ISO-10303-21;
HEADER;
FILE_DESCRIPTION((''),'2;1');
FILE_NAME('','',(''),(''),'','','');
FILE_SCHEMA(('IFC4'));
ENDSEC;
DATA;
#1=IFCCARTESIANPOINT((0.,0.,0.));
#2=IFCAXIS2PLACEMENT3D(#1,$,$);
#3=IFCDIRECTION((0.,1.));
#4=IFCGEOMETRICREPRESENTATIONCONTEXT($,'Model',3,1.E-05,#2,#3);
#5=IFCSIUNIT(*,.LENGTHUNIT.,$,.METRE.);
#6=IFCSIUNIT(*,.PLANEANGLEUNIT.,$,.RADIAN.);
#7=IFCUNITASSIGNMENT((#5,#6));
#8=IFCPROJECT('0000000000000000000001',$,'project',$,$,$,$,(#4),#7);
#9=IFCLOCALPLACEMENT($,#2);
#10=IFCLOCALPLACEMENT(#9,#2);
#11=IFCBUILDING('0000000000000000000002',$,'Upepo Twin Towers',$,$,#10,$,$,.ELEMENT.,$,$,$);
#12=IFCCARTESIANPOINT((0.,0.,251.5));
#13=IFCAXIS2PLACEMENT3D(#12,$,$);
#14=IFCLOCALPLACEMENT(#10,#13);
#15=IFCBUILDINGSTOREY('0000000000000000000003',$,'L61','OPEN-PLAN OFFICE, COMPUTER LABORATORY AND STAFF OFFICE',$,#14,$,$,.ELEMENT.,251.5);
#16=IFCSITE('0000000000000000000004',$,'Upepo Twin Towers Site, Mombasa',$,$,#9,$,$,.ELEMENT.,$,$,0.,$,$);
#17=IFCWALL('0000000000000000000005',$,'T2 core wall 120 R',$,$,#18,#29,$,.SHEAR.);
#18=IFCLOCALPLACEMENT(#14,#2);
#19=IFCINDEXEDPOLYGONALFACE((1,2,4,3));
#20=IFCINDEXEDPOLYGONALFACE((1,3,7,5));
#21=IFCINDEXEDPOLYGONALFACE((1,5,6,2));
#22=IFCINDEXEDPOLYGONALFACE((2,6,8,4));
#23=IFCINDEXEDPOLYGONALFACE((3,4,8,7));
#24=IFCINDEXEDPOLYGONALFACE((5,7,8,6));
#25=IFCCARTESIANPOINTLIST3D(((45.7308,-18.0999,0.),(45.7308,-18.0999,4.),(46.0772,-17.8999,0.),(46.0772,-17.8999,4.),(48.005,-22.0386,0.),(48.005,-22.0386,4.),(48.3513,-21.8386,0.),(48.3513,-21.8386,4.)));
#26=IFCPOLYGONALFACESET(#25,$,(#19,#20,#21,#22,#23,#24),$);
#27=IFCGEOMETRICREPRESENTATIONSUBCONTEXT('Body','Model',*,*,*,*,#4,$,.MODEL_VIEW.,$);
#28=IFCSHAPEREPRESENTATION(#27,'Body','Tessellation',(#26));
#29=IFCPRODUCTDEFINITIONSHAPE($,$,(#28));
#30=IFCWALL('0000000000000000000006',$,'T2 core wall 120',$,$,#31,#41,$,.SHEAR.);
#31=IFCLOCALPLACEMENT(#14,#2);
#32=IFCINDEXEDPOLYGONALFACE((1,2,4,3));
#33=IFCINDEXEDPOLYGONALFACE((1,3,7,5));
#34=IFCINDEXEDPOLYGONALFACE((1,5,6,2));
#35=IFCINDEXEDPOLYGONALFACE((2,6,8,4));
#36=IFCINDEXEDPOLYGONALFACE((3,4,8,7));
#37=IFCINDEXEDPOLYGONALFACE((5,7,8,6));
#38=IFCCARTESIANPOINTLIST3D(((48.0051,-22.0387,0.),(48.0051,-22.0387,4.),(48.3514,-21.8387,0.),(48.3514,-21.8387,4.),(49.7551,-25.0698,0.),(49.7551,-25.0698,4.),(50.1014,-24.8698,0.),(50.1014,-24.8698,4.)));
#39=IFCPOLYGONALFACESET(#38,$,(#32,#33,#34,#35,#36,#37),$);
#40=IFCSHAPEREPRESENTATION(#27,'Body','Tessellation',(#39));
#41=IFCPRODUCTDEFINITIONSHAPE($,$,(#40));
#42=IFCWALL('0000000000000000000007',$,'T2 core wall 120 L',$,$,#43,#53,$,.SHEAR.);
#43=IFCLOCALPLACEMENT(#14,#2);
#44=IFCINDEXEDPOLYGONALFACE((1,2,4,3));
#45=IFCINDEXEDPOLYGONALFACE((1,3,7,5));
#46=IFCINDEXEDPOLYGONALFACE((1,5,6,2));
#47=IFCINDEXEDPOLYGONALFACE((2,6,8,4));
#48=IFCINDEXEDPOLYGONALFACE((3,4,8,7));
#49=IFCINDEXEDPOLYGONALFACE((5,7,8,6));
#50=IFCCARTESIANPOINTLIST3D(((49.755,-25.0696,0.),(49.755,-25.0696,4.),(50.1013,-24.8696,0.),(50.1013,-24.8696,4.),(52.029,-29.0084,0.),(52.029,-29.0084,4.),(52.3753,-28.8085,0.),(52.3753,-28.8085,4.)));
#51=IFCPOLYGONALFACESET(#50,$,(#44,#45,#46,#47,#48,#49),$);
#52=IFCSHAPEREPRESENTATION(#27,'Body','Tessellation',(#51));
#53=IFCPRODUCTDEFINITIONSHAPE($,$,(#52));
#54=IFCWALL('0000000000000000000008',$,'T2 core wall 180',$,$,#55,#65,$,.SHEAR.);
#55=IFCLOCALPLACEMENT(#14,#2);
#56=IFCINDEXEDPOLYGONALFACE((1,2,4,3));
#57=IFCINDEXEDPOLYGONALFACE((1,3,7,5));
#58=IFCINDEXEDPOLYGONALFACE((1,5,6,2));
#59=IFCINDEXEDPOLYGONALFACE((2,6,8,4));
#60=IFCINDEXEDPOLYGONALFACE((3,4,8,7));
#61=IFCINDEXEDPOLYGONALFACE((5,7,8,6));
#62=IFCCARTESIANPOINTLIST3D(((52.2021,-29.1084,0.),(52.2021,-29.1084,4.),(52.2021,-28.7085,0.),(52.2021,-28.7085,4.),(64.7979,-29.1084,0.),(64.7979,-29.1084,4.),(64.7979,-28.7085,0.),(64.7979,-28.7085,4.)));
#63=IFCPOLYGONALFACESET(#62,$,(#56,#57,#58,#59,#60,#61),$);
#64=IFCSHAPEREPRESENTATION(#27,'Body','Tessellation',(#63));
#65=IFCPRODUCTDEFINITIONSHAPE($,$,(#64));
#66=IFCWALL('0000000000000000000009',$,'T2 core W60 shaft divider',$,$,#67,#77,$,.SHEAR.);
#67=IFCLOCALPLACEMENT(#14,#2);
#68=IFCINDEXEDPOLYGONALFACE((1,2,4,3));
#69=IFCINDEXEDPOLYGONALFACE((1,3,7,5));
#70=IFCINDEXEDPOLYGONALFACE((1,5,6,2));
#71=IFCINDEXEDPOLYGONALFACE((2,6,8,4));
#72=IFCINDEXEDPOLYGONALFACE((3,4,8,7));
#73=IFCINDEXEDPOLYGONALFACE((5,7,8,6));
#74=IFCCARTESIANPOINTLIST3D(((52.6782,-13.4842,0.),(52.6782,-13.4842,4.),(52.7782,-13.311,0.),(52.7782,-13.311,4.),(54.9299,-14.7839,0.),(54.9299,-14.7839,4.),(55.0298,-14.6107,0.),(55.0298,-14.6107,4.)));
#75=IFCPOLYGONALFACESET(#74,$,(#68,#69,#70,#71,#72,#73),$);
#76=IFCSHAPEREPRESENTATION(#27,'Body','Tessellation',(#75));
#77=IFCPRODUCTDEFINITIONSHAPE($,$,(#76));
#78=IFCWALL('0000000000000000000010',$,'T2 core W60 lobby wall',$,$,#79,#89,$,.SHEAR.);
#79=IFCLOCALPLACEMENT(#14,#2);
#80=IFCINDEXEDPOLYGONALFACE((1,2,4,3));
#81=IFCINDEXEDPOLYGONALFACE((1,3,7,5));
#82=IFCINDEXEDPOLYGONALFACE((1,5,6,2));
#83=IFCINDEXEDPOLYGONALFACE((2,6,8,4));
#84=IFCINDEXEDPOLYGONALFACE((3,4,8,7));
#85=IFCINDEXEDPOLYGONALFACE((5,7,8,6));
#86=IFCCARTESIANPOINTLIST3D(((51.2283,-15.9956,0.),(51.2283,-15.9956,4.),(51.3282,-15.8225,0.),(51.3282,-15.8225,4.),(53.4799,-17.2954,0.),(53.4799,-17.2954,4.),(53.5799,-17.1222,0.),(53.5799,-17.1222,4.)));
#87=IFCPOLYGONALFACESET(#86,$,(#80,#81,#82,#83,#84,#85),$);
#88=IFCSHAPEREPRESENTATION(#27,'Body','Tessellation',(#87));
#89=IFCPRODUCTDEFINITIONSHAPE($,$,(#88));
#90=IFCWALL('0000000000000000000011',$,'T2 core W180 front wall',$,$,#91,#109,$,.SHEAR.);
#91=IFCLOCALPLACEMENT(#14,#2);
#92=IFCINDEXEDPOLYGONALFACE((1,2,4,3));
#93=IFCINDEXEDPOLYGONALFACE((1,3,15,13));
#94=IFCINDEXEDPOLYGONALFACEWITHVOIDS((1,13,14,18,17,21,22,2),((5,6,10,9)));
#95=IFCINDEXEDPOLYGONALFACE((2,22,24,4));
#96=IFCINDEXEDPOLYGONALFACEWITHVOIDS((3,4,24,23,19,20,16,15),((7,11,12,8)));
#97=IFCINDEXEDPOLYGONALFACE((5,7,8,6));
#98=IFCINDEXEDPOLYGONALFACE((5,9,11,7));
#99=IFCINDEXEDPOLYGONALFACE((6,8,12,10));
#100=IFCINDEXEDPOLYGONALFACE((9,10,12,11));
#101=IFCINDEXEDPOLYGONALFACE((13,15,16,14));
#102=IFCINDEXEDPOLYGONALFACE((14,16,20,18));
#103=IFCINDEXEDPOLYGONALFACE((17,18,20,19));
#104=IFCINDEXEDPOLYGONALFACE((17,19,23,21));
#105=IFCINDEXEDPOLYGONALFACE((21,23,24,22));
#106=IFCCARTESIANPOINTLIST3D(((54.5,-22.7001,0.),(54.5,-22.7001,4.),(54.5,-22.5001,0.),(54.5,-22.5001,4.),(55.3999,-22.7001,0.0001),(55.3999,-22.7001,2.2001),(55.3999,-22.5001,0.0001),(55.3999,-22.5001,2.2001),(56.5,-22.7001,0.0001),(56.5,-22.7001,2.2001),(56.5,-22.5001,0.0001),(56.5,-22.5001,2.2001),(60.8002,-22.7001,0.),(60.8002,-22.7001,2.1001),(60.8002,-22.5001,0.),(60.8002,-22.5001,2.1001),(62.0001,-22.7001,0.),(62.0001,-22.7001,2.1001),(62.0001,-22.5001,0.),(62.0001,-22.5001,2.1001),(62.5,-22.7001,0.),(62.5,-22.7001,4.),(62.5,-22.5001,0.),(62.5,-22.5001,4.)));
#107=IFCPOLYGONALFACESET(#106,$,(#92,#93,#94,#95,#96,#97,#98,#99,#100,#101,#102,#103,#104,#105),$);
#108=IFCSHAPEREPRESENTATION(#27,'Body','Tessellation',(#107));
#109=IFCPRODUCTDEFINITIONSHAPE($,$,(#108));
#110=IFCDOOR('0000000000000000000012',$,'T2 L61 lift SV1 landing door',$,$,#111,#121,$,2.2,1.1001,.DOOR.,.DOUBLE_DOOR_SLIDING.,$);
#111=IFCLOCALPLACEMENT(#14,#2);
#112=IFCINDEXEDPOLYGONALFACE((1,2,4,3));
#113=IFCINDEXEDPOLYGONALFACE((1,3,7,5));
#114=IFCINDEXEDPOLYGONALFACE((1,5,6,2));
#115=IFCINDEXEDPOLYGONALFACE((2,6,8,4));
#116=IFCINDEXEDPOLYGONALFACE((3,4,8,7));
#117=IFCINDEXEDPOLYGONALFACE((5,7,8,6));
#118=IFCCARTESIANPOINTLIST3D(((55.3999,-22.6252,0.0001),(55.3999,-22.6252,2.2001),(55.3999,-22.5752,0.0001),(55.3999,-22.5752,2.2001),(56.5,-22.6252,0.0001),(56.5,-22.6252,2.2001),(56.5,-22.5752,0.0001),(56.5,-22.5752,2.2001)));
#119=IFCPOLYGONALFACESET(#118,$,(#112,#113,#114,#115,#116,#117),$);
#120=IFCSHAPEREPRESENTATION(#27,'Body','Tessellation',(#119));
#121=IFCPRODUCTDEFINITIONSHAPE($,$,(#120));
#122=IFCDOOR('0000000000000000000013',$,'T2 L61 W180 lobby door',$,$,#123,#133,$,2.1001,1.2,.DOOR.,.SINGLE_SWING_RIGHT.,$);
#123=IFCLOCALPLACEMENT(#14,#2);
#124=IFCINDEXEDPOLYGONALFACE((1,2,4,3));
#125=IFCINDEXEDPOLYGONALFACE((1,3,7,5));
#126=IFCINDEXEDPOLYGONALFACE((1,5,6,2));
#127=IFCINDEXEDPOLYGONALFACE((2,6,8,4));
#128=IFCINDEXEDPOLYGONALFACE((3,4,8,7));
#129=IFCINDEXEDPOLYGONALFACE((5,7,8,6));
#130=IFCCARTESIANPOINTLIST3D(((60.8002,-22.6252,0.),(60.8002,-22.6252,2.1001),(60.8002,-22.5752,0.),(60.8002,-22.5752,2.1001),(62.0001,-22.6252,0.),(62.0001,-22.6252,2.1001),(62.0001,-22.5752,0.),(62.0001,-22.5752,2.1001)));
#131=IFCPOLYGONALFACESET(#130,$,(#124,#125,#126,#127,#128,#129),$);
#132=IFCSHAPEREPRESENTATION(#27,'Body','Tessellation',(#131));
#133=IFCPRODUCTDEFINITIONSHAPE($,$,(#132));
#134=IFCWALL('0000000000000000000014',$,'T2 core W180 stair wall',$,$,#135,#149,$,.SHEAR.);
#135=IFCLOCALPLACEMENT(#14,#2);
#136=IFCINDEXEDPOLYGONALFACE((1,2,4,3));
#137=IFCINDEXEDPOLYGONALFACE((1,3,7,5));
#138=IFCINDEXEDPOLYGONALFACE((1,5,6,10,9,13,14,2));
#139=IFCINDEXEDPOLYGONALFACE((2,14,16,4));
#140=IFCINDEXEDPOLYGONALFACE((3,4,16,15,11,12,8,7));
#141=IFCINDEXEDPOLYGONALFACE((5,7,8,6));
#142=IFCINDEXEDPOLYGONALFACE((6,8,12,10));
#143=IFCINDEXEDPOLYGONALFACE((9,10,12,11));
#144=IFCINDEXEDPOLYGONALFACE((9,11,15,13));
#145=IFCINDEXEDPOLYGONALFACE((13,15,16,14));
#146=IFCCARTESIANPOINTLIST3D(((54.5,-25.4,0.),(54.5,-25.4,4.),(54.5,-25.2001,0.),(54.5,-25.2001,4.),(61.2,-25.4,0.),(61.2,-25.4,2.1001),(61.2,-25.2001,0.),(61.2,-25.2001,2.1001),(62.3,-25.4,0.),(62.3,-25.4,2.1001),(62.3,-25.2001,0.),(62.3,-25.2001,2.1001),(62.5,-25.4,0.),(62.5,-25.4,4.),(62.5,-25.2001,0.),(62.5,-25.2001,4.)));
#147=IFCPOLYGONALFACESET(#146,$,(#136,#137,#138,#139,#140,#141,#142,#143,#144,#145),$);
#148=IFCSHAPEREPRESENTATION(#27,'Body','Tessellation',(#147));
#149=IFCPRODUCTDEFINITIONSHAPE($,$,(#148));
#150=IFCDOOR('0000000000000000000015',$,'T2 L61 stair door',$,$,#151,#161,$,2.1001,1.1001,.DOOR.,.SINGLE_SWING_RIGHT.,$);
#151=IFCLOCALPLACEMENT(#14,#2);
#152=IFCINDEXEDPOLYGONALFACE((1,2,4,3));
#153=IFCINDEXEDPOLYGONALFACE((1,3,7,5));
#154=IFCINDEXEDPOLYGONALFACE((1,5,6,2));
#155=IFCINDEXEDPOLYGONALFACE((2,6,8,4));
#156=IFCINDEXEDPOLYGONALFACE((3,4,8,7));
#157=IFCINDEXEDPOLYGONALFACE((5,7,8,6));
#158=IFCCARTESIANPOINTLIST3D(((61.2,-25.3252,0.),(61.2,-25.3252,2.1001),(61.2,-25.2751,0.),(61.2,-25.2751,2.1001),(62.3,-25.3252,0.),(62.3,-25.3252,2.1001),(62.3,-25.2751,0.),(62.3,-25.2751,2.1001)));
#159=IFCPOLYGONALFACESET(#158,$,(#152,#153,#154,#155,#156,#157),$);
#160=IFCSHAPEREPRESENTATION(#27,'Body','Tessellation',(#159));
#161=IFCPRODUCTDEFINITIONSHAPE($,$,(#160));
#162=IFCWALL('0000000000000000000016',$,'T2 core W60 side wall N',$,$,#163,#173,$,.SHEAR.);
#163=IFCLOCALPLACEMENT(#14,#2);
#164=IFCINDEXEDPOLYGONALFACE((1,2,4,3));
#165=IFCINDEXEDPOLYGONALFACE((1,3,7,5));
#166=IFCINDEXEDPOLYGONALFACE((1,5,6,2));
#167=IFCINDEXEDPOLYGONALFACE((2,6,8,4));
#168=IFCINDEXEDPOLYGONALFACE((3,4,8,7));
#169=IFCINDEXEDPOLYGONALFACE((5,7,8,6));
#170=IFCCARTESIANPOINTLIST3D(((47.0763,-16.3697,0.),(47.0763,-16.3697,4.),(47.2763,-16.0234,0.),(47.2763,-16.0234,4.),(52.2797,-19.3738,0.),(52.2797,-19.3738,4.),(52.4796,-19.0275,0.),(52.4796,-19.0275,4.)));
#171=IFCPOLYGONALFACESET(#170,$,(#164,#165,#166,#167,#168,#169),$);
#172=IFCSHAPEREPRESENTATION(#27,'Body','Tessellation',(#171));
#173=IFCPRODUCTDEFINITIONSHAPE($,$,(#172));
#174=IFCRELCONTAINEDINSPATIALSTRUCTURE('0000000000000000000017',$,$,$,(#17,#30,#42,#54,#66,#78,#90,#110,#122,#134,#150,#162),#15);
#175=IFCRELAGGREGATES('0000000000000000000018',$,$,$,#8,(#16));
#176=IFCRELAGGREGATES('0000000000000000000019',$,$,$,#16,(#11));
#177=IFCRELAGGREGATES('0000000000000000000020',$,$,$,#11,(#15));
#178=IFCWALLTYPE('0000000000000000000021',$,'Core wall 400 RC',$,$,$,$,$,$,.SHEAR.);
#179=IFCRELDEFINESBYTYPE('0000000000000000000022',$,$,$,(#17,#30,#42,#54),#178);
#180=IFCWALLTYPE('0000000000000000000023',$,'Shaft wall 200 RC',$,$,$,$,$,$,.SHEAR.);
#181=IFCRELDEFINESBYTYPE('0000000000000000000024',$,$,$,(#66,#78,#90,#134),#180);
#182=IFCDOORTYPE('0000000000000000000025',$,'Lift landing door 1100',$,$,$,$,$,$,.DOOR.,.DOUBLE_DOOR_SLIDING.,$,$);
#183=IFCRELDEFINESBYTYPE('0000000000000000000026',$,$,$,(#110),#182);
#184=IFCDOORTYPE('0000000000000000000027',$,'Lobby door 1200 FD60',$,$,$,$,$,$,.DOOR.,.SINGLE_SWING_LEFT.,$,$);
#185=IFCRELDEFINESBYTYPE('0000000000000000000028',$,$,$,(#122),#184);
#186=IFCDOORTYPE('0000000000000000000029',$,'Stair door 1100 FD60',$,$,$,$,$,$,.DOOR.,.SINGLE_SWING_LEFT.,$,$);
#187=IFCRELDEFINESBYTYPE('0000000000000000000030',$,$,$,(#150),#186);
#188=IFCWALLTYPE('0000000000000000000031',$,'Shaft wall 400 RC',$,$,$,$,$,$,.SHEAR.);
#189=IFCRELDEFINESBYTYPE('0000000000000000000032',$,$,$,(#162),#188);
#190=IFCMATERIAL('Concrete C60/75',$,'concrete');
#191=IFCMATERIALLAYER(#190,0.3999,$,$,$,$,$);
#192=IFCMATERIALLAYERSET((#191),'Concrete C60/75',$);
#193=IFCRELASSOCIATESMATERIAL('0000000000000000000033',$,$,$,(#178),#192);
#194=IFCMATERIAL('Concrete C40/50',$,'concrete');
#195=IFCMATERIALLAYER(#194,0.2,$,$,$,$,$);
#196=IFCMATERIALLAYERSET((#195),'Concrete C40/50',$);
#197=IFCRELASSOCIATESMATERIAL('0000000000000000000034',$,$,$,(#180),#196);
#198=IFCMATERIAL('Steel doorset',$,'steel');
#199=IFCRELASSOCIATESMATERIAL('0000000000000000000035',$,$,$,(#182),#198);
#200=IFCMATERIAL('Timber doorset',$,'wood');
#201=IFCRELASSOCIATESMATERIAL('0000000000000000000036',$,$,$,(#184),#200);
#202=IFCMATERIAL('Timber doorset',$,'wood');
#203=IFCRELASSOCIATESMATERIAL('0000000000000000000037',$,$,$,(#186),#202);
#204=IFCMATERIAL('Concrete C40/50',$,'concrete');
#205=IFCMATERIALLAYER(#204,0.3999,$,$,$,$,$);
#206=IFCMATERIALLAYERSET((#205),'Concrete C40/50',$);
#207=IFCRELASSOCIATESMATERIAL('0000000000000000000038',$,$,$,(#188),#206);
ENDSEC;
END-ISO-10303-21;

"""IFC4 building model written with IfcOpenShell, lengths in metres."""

from ifc_helpers import new_model, si_unit, direction, frame, frame_2d, origin, place, context, subcontext, project, spatial, rectangle, extrude, material, layer, layer_set, type_object, element, fill, save


model = new_model("IFC4")

# Units and contexts
model_context = context("Model", 3, precision=1e-05, world=origin(), true_north=direction((0.0, 1.0)))
body_context = subcontext(model_context, "Body", "Model", "MODEL_VIEW")
ifc_project = project(units=[si_unit("LENGTHUNIT", "METRE"), si_unit("PLANEANGLEUNIT", "RADIAN")], contexts=[model_context])

# Site, building, storey
site_placement = place(None, origin())
site = spatial("IfcSite", under=ifc_project, at=site_placement, Name="Upepo Twin Towers Site, Mombasa", CompositionType="ELEMENT", RefElevation=0.0)
building_placement = place(site_placement, origin())
building = spatial("IfcBuilding", under=site, at=building_placement, Name="Upepo Twin Towers", CompositionType="ELEMENT")
storey_placement = place(building_placement, frame((0.0, 0.0, 251.5)))
storey = spatial("IfcBuildingStorey", under=building, at=storey_placement, Name="L61", Description="OPEN-PLAN OFFICE, COMPUTER LABORATORY AND STAFF OFFICE", CompositionType="ELEMENT", Elevation=251.5)

# Walls
ifc_material_1 = material(Name="Concrete C60/75", Category="concrete")
ifc_layer_1 = layer(ifc_material_1, 0.3999)
ifc_layer_set_1 = layer_set([ifc_layer_1], Name="Concrete C60/75")
wall_type_1 = type_object("IfcWallType", Name="Core wall 400 RC", PredefinedType="SHEAR", material=ifc_layer_set_1)
wall_1_placement = place(storey_placement, frame((45.9041, -18.0, 0.0), z_axis=(0.0, 0.0, 1.0), x_axis=(0.500024, -0.866011, 0.0)))
element("IfcWall", 1, at=wall_1_placement, inside=storey, type_object=wall_type_1, Name="T2 core wall 120 R", PredefinedType="SHEAR", context=body_context, shape_type="SweptSolid", body=[
    extrude(rectangle(XDim=4.5481, YDim=0.3999, at=frame_2d((2.2739, 0.0))), origin(), (0.0, 0.0, 1.0), 4.0),
])
wall_2_placement = place(storey_placement, frame((48.1782, -21.9387, 0.0), z_axis=(0.0, 0.0, 1.0), x_axis=(0.50001, -0.866019, 0.0)))
element("IfcWall", 2, at=wall_2_placement, inside=storey, type_object=wall_type_1, Name="T2 core wall 120", PredefinedType="SHEAR", context=body_context, shape_type="SweptSolid", body=[
    extrude(rectangle(XDim=3.5, YDim=0.3999, at=frame_2d((1.75, 0.0))), origin(), (0.0, 0.0, 1.0), 4.0),
])
wall_3_placement = place(storey_placement, frame((49.9282, -24.9697, 0.0), z_axis=(0.0, 0.0, 1.0), x_axis=(0.499984, -0.866035, 0.0)))
element("IfcWall", 3, at=wall_3_placement, inside=storey, type_object=wall_type_1, Name="T2 core wall 120 L", PredefinedType="SHEAR", context=body_context, shape_type="SweptSolid", body=[
    extrude(rectangle(XDim=4.5481, YDim=0.3999, at=frame_2d((2.2739, 0.0))), origin(), (0.0, 0.0, 1.0), 4.0),
])
wall_4_placement = place(storey_placement, frame((52.2021, -28.9084, 0.0), z_axis=(0.0, 0.0, 1.0), x_axis=(1.0, 0.0, 0.0)))
element("IfcWall", 4, at=wall_4_placement, inside=storey, type_object=wall_type_1, Name="T2 core wall 180", PredefinedType="SHEAR", context=body_context, shape_type="SweptSolid", body=[
    extrude(rectangle(XDim=12.5957, YDim=0.3999, at=frame_2d((6.2979, 0.0))), origin(), (0.0, 0.0, 1.0), 4.0),
])
ifc_material_2 = material(Name="Concrete C40/50", Category="concrete")
ifc_layer_2 = layer(ifc_material_2, 0.2)
ifc_layer_set_2 = layer_set([ifc_layer_2], Name="Concrete C40/50")
wall_type_2 = type_object("IfcWallType", Name="Shaft wall 200 RC", PredefinedType="SHEAR", material=ifc_layer_set_2)
for number, where, z_axis, x_axis, name in (
    (5, (54.9797, -14.6973, 0.0), (0.0, 0.0, 1.0), (-0.866062, 0.499937, 0.0), "T2 core W60 shaft divider"),
    (6, (53.5298, -17.2087, 0.0), (0.0, 0.0, 1.0), (-0.866062, 0.499937, 0.0), "T2 core W60 lobby wall"),
):
    element("IfcWall", number, at=place(storey_placement, frame(where, z_axis=z_axis, x_axis=x_axis)), inside=storey, type_object=wall_type_2, Name=name, PredefinedType="SHEAR", context=body_context, shape_type="SweptSolid", body=[
        extrude(rectangle(XDim=2.5999, YDim=0.2, at=frame_2d((1.2998, 0.0))), origin(), (0.0, 0.0, 1.0), 4.0),
    ])

# Wall, openings, doors
wall_5_placement = place(storey_placement, frame((54.5, -22.6001, 0.0), z_axis=(0.0, 0.0, 1.0), x_axis=(1.0, 0.0, 0.0)))
wall_5 = element("IfcWall", 7, at=wall_5_placement, inside=storey, type_object=wall_type_2, Name="T2 core W180 front wall", PredefinedType="SHEAR", context=body_context, shape_type="SweptSolid", body=[
    extrude(rectangle(XDim=8.0, YDim=0.2, at=frame_2d((4.0, 0.0))), origin(), (0.0, 0.0, 1.0), 4.0),
])
opening_1_placement = place(wall_5_placement, frame((6.3, 0.0, 0.0)))
opening_1 = element("IfcOpeningElement", 8, at=opening_1_placement, cuts=wall_5, PredefinedType="OPENING", context=body_context, shape_type="SweptSolid", body=[
    extrude(rectangle(XDim=1.2, YDim=2.1001, at=frame_2d((0.6001, 1.05))), frame((0.0, 0.1099, 0.0), z_axis=(0.0, -1.0, 0.0), x_axis=(1.0, 0.0, 0.0)), (0.0, 0.0, 1.0), 0.22),
])
opening_2_placement = place(wall_5_placement, frame((0.8999, 0.0, 0.0)))
opening_2 = element("IfcOpeningElement", 9, at=opening_2_placement, cuts=wall_5, PredefinedType="OPENING", context=body_context, shape_type="SweptSolid", body=[
    extrude(rectangle(XDim=1.1001, YDim=2.2, at=frame_2d((0.55, 1.1001))), frame((0.0, 0.1099, 0.0), z_axis=(0.0, -1.0, 0.0), x_axis=(1.0, 0.0, 0.0)), (0.0, 0.0, 1.0), 0.22),
])
ifc_material_3 = material(Name="Steel doorset", Category="steel")
door_type_1 = type_object("IfcDoorType", Name="Lift landing door 1100", OperationType="DOUBLE_DOOR_SLIDING", PredefinedType="DOOR", material=ifc_material_3)
door_1_placement = place(opening_2_placement, origin())
door_1 = element("IfcDoor", 10, at=door_1_placement, inside=storey, type_object=door_type_1, Name="T2 L61 lift SV1 landing door", OperationType="DOUBLE_DOOR_SLIDING", OverallHeight=2.2, OverallWidth=1.1001, PredefinedType="DOOR", context=body_context, shape_type="SweptSolid", body=[
    extrude(rectangle(XDim=1.1001, YDim=2.2, at=frame_2d((0.55, 1.1001))), frame((0.0, 0.0249, 0.0), z_axis=(0.0, -1.0, 0.0), x_axis=(1.0, 0.0, 0.0)), (0.0, 0.0, 1.0), 0.05),
])
fill(opening_2, door_1)
ifc_material_4 = material(Name="Timber doorset", Category="wood")
door_type_2 = type_object("IfcDoorType", Name="Lobby door 1200 FD60", OperationType="SINGLE_SWING_LEFT", PredefinedType="DOOR", material=ifc_material_4)
door_2_placement = place(opening_1_placement, origin())
door_2 = element("IfcDoor", 11, at=door_2_placement, inside=storey, type_object=door_type_2, Name="T2 L61 W180 lobby door", OperationType="SINGLE_SWING_RIGHT", OverallHeight=2.1001, OverallWidth=1.2, PredefinedType="DOOR", context=body_context, shape_type="SweptSolid", body=[
    extrude(rectangle(XDim=1.2, YDim=2.1001, at=frame_2d((0.6001, 1.05))), frame((0.0, 0.0249, 0.0), z_axis=(0.0, -1.0, 0.0), x_axis=(1.0, 0.0, 0.0)), (0.0, 0.0, 1.0), 0.05),
])
fill(opening_1, door_2)

# Wall, opening, door
wall_6_placement = place(storey_placement, frame((54.5, -25.3, 0.0), z_axis=(0.0, 0.0, 1.0), x_axis=(1.0, 0.0, 0.0)))
wall_6 = element("IfcWall", 12, at=wall_6_placement, inside=storey, type_object=wall_type_2, Name="T2 core W180 stair wall", PredefinedType="SHEAR", context=body_context, shape_type="SweptSolid", body=[
    extrude(rectangle(XDim=8.0, YDim=0.2, at=frame_2d((4.0, 0.0))), origin(), (0.0, 0.0, 1.0), 4.0),
])
opening_3_placement = place(wall_6_placement, frame((6.7, 0.0, 0.0)))
opening_3 = element("IfcOpeningElement", 13, at=opening_3_placement, cuts=wall_6, PredefinedType="OPENING", context=body_context, shape_type="SweptSolid", body=[
    extrude(rectangle(XDim=1.1001, YDim=2.1001, at=frame_2d((0.55, 1.05))), frame((0.0, 0.1099, 0.0), z_axis=(0.0, -1.0, 0.0), x_axis=(1.0, 0.0, 0.0)), (0.0, 0.0, 1.0), 0.22),
])
ifc_material_5 = material(Name="Timber doorset", Category="wood")
door_type_3 = type_object("IfcDoorType", Name="Stair door 1100 FD60", OperationType="SINGLE_SWING_LEFT", PredefinedType="DOOR", material=ifc_material_5)
door_3_placement = place(opening_3_placement, origin())
door_3 = element("IfcDoor", 14, at=door_3_placement, inside=storey, type_object=door_type_3, Name="T2 L61 stair door", OperationType="SINGLE_SWING_RIGHT", OverallHeight=2.1001, OverallWidth=1.1001, PredefinedType="DOOR", context=body_context, shape_type="SweptSolid", body=[
    extrude(rectangle(XDim=1.1001, YDim=2.1001, at=frame_2d((0.55, 1.05))), frame((0.0, 0.0249, 0.0), z_axis=(0.0, -1.0, 0.0), x_axis=(1.0, 0.0, 0.0)), (0.0, 0.0, 1.0), 0.05),
])
fill(opening_3, door_3)

# Wall
ifc_material_6 = material(Name="Concrete C40/50", Category="concrete")
ifc_layer_3 = layer(ifc_material_6, 0.3999)
ifc_layer_set_3 = layer_set([ifc_layer_3], Name="Concrete C40/50")
wall_type_3 = type_object("IfcWallType", Name="Shaft wall 400 RC", PredefinedType="SHEAR", material=ifc_layer_set_3)
for number, where, z_axis, x_axis, name in (
    (15, (52.3796, -19.2007, 0.0), (0.0, 0.0, 1.0), (-0.866027, 0.499998, 0.0), "T2 core W60 side wall N"),
):
    element("IfcWall", number, at=place(storey_placement, frame(where, z_axis=z_axis, x_axis=x_axis)), inside=storey, type_object=wall_type_3, Name=name, PredefinedType="SHEAR", context=body_context, shape_type="SweptSolid", body=[
        extrude(rectangle(XDim=6.0083, YDim=0.3999, at=frame_2d((3.0042, 0.0))), origin(), (0.0, 0.0, 1.0), 4.0),
    ])

save(model, "model.ifc")
